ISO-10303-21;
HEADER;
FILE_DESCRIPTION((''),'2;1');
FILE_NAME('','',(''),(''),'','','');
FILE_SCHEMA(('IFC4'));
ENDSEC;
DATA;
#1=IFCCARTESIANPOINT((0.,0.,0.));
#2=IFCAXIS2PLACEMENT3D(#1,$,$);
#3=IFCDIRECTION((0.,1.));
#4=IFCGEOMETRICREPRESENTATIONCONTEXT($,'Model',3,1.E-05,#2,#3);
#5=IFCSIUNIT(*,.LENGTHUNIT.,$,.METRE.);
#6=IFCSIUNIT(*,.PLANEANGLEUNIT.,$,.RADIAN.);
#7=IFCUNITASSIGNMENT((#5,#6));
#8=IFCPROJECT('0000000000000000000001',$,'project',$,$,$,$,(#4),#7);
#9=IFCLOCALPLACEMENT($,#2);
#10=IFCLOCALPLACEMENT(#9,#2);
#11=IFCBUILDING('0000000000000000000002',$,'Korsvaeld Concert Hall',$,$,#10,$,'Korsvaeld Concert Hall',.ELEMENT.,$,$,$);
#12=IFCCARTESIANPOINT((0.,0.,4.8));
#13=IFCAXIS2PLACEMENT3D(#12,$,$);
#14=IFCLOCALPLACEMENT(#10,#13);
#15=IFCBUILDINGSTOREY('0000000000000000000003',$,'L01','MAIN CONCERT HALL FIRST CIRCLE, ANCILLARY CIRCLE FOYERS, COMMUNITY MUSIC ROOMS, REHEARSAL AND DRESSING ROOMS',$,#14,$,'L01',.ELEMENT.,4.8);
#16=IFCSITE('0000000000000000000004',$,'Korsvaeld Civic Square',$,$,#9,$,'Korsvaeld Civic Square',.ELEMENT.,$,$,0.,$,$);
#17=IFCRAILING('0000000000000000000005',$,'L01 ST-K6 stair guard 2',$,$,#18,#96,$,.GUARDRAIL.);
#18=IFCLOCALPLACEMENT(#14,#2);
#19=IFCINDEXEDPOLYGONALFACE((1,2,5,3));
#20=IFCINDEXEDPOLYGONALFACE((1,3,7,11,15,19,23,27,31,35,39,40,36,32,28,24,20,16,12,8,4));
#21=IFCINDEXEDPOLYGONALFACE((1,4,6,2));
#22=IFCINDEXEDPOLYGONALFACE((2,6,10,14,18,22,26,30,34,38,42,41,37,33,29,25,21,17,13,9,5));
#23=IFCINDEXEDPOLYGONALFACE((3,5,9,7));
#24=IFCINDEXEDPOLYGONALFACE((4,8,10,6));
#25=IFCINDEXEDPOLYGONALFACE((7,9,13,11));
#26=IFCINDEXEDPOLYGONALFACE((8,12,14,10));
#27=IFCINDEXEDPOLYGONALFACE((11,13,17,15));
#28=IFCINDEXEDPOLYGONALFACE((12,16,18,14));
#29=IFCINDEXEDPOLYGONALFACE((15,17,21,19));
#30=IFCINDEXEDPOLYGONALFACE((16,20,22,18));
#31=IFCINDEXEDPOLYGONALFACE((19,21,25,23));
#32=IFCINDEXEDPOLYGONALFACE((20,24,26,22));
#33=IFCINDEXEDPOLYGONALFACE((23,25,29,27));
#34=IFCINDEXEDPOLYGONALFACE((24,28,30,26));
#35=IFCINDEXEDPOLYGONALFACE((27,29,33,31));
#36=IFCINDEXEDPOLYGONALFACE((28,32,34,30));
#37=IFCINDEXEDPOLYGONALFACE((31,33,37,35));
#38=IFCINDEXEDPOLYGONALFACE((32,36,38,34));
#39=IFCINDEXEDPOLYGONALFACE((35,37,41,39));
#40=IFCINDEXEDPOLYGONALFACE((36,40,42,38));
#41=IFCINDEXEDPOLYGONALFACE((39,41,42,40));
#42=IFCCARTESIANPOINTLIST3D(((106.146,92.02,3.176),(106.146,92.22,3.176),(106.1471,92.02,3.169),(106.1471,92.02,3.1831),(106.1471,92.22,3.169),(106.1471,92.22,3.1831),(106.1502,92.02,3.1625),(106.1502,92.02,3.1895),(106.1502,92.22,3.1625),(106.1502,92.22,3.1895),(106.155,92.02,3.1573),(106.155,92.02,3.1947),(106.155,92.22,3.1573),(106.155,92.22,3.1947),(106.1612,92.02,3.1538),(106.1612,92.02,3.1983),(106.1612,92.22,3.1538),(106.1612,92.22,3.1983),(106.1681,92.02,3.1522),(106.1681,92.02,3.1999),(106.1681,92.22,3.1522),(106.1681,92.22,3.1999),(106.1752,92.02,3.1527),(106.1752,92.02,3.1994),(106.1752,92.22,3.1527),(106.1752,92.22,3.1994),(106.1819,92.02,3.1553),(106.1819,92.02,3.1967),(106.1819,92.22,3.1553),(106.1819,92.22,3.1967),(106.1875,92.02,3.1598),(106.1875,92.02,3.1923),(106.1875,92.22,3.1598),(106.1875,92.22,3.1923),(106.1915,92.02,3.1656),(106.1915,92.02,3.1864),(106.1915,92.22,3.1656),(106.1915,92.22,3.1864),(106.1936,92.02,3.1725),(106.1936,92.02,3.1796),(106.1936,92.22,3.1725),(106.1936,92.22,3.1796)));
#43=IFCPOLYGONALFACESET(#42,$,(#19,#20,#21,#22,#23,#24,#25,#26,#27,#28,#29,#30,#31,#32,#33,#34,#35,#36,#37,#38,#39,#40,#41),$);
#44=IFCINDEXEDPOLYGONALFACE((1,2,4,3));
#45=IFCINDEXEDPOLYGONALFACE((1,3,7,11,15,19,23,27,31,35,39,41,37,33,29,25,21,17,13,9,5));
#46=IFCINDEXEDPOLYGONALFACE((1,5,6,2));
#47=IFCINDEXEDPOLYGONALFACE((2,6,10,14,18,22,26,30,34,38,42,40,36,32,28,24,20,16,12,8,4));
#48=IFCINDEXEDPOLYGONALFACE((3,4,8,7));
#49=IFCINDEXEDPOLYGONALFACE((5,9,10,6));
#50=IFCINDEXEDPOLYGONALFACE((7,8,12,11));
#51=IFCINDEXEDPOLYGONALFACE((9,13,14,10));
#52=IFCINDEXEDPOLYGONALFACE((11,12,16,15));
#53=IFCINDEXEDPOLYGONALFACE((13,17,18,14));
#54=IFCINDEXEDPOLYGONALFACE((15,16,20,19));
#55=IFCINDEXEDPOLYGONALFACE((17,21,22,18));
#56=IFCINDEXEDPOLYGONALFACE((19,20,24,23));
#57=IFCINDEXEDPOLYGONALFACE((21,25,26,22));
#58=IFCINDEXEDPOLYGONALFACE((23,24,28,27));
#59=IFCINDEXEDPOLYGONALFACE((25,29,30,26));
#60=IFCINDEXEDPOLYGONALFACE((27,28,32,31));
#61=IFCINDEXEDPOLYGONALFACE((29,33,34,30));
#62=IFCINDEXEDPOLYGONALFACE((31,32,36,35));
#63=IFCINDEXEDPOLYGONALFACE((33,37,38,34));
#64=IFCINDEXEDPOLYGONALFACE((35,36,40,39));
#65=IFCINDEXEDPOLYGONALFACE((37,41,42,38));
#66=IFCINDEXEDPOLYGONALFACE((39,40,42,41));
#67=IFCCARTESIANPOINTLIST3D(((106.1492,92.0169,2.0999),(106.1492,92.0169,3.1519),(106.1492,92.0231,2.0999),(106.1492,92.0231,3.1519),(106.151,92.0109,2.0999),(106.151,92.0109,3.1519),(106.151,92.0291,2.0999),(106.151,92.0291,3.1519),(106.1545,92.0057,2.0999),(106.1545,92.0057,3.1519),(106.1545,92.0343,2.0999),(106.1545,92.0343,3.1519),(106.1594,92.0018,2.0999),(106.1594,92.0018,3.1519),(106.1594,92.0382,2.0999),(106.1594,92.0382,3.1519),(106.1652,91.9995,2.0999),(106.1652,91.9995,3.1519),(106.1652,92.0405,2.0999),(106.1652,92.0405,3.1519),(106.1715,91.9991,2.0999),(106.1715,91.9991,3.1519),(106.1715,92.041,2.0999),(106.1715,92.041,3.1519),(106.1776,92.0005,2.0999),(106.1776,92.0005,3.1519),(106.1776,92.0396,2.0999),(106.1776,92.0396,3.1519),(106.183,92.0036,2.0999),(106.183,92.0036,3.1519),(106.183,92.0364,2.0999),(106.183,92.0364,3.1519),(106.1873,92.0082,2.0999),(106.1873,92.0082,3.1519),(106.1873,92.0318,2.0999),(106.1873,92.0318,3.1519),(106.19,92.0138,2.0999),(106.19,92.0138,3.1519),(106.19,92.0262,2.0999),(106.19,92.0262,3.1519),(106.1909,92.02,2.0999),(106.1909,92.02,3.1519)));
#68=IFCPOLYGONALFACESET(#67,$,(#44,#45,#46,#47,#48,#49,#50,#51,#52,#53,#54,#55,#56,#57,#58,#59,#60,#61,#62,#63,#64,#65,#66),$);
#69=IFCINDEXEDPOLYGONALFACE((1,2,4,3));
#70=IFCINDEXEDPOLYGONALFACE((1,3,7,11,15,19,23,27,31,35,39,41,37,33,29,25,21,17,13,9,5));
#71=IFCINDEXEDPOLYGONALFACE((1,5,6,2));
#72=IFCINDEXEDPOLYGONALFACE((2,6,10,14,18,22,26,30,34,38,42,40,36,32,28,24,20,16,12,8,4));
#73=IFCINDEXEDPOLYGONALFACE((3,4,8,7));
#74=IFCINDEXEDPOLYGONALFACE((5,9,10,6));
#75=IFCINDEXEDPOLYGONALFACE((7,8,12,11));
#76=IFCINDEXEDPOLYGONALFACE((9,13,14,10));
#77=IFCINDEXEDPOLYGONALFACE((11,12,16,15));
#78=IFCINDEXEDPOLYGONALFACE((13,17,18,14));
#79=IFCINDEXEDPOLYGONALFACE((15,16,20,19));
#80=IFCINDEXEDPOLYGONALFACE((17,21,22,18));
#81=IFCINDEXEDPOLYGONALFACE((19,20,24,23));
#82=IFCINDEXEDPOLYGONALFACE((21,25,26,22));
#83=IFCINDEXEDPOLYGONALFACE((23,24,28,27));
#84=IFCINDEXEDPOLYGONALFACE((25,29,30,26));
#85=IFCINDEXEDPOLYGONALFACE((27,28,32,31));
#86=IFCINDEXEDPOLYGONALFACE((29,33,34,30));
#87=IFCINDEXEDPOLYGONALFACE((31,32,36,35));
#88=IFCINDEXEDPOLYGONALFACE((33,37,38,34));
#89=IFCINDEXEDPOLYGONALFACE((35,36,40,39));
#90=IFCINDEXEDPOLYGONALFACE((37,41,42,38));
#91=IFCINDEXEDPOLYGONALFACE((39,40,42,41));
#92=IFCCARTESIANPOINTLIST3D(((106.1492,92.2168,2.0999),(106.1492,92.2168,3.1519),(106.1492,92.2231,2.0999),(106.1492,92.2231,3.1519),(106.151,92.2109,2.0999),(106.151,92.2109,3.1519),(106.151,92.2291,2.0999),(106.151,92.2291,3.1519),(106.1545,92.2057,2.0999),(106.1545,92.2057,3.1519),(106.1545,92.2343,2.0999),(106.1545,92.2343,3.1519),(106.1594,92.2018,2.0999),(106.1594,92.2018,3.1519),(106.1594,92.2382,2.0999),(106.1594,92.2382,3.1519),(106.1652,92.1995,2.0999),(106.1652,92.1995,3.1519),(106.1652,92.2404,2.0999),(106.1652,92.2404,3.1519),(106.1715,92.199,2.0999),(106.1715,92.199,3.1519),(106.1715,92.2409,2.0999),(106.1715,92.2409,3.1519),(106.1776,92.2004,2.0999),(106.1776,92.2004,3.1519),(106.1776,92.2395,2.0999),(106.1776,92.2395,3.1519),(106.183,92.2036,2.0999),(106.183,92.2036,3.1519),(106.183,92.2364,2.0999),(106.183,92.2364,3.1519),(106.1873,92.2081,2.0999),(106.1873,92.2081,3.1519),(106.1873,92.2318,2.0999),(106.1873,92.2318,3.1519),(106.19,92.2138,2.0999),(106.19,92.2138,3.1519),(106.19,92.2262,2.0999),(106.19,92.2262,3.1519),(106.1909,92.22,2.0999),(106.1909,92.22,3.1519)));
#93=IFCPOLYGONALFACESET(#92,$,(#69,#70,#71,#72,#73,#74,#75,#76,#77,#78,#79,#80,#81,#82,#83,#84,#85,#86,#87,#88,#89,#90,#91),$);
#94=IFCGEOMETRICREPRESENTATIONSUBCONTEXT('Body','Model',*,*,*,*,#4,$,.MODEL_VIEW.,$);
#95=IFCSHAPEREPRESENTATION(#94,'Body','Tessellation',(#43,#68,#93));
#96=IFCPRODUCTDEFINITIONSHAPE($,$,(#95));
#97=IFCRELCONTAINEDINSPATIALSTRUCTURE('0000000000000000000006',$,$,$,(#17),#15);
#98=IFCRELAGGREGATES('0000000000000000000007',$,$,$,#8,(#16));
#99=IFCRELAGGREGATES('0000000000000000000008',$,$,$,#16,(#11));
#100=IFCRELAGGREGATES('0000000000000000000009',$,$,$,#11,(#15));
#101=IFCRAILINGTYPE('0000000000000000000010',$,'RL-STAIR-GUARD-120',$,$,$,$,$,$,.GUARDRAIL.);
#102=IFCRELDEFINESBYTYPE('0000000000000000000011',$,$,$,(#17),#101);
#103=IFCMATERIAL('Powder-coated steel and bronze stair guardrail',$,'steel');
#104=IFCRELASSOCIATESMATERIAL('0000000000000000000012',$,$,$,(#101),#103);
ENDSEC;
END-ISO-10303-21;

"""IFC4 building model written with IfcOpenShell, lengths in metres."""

from ifc_helpers import new_model, si_unit, direction, frame, origin, origin_2d, place, context, subcontext, project, spatial, circle, extrude, material, type_object, element, save


model = new_model("IFC4")

# Units and contexts
model_context = context("Model", 3, precision=1e-05, world=origin(), true_north=direction((0.0, 1.0)))
body_context = subcontext(model_context, "Body", "Model", "MODEL_VIEW")
ifc_project = project(units=[si_unit("LENGTHUNIT", "METRE"), si_unit("PLANEANGLEUNIT", "RADIAN")], contexts=[model_context])

# Site, building, storey
site_placement = place(None, origin())
site = spatial("IfcSite", under=ifc_project, at=site_placement, Name="Korsvaeld Civic Square", LongName="Korsvaeld Civic Square", CompositionType="ELEMENT", RefElevation=0.0)
building_placement = place(site_placement, origin())
building = spatial("IfcBuilding", under=site, at=building_placement, Name="Korsvaeld Concert Hall", LongName="Korsvaeld Concert Hall", CompositionType="ELEMENT")
storey_placement = place(building_placement, frame((0.0, 0.0, 4.8)))
storey = spatial("IfcBuildingStorey", under=building, at=storey_placement, Name="L01", Description="MAIN CONCERT HALL FIRST CIRCLE, ANCILLARY CIRCLE FOYERS, COMMUNITY MUSIC ROOMS, REHEARSAL AND DRESSING ROOMS", LongName="L01", CompositionType="ELEMENT", Elevation=4.8)

# Railing
ifc_material_1 = material(Name="Powder-coated steel and bronze stair guardrail", Category="steel")
railing_type_1 = type_object("IfcRailingType", Name="RL-STAIR-GUARD-120", PredefinedType="GUARDRAIL", material=ifc_material_1)
railing_1_placement = place(storey_placement, frame((106.1699, 92.02, 2.0999)))
element("IfcRailing", 1, at=railing_1_placement, inside=storey, type_object=railing_type_1, Name="L01 ST-K6 stair guard 2", PredefinedType="GUARDRAIL", context=body_context, shape_type="SweptSolid", body=[
    extrude(circle(Radius=0.0239, at=origin_2d()), frame((0.0, 0.0, 1.0762), z_axis=(0.0, 1.0, 0.0), x_axis=(-1.0, 0.0, 0.0)), (0.0, 0.0, 1.0), 0.2),
    extrude(circle(Radius=0.021, at=origin_2d()), origin(), (0.0, 0.0, 1.0), 1.052),
    extrude(circle(Radius=0.021, at=origin_2d()), frame((0.0, 0.2, 0.0)), (0.0, 0.0, 1.0), 1.052),
])

save(model, "model.ifc")
